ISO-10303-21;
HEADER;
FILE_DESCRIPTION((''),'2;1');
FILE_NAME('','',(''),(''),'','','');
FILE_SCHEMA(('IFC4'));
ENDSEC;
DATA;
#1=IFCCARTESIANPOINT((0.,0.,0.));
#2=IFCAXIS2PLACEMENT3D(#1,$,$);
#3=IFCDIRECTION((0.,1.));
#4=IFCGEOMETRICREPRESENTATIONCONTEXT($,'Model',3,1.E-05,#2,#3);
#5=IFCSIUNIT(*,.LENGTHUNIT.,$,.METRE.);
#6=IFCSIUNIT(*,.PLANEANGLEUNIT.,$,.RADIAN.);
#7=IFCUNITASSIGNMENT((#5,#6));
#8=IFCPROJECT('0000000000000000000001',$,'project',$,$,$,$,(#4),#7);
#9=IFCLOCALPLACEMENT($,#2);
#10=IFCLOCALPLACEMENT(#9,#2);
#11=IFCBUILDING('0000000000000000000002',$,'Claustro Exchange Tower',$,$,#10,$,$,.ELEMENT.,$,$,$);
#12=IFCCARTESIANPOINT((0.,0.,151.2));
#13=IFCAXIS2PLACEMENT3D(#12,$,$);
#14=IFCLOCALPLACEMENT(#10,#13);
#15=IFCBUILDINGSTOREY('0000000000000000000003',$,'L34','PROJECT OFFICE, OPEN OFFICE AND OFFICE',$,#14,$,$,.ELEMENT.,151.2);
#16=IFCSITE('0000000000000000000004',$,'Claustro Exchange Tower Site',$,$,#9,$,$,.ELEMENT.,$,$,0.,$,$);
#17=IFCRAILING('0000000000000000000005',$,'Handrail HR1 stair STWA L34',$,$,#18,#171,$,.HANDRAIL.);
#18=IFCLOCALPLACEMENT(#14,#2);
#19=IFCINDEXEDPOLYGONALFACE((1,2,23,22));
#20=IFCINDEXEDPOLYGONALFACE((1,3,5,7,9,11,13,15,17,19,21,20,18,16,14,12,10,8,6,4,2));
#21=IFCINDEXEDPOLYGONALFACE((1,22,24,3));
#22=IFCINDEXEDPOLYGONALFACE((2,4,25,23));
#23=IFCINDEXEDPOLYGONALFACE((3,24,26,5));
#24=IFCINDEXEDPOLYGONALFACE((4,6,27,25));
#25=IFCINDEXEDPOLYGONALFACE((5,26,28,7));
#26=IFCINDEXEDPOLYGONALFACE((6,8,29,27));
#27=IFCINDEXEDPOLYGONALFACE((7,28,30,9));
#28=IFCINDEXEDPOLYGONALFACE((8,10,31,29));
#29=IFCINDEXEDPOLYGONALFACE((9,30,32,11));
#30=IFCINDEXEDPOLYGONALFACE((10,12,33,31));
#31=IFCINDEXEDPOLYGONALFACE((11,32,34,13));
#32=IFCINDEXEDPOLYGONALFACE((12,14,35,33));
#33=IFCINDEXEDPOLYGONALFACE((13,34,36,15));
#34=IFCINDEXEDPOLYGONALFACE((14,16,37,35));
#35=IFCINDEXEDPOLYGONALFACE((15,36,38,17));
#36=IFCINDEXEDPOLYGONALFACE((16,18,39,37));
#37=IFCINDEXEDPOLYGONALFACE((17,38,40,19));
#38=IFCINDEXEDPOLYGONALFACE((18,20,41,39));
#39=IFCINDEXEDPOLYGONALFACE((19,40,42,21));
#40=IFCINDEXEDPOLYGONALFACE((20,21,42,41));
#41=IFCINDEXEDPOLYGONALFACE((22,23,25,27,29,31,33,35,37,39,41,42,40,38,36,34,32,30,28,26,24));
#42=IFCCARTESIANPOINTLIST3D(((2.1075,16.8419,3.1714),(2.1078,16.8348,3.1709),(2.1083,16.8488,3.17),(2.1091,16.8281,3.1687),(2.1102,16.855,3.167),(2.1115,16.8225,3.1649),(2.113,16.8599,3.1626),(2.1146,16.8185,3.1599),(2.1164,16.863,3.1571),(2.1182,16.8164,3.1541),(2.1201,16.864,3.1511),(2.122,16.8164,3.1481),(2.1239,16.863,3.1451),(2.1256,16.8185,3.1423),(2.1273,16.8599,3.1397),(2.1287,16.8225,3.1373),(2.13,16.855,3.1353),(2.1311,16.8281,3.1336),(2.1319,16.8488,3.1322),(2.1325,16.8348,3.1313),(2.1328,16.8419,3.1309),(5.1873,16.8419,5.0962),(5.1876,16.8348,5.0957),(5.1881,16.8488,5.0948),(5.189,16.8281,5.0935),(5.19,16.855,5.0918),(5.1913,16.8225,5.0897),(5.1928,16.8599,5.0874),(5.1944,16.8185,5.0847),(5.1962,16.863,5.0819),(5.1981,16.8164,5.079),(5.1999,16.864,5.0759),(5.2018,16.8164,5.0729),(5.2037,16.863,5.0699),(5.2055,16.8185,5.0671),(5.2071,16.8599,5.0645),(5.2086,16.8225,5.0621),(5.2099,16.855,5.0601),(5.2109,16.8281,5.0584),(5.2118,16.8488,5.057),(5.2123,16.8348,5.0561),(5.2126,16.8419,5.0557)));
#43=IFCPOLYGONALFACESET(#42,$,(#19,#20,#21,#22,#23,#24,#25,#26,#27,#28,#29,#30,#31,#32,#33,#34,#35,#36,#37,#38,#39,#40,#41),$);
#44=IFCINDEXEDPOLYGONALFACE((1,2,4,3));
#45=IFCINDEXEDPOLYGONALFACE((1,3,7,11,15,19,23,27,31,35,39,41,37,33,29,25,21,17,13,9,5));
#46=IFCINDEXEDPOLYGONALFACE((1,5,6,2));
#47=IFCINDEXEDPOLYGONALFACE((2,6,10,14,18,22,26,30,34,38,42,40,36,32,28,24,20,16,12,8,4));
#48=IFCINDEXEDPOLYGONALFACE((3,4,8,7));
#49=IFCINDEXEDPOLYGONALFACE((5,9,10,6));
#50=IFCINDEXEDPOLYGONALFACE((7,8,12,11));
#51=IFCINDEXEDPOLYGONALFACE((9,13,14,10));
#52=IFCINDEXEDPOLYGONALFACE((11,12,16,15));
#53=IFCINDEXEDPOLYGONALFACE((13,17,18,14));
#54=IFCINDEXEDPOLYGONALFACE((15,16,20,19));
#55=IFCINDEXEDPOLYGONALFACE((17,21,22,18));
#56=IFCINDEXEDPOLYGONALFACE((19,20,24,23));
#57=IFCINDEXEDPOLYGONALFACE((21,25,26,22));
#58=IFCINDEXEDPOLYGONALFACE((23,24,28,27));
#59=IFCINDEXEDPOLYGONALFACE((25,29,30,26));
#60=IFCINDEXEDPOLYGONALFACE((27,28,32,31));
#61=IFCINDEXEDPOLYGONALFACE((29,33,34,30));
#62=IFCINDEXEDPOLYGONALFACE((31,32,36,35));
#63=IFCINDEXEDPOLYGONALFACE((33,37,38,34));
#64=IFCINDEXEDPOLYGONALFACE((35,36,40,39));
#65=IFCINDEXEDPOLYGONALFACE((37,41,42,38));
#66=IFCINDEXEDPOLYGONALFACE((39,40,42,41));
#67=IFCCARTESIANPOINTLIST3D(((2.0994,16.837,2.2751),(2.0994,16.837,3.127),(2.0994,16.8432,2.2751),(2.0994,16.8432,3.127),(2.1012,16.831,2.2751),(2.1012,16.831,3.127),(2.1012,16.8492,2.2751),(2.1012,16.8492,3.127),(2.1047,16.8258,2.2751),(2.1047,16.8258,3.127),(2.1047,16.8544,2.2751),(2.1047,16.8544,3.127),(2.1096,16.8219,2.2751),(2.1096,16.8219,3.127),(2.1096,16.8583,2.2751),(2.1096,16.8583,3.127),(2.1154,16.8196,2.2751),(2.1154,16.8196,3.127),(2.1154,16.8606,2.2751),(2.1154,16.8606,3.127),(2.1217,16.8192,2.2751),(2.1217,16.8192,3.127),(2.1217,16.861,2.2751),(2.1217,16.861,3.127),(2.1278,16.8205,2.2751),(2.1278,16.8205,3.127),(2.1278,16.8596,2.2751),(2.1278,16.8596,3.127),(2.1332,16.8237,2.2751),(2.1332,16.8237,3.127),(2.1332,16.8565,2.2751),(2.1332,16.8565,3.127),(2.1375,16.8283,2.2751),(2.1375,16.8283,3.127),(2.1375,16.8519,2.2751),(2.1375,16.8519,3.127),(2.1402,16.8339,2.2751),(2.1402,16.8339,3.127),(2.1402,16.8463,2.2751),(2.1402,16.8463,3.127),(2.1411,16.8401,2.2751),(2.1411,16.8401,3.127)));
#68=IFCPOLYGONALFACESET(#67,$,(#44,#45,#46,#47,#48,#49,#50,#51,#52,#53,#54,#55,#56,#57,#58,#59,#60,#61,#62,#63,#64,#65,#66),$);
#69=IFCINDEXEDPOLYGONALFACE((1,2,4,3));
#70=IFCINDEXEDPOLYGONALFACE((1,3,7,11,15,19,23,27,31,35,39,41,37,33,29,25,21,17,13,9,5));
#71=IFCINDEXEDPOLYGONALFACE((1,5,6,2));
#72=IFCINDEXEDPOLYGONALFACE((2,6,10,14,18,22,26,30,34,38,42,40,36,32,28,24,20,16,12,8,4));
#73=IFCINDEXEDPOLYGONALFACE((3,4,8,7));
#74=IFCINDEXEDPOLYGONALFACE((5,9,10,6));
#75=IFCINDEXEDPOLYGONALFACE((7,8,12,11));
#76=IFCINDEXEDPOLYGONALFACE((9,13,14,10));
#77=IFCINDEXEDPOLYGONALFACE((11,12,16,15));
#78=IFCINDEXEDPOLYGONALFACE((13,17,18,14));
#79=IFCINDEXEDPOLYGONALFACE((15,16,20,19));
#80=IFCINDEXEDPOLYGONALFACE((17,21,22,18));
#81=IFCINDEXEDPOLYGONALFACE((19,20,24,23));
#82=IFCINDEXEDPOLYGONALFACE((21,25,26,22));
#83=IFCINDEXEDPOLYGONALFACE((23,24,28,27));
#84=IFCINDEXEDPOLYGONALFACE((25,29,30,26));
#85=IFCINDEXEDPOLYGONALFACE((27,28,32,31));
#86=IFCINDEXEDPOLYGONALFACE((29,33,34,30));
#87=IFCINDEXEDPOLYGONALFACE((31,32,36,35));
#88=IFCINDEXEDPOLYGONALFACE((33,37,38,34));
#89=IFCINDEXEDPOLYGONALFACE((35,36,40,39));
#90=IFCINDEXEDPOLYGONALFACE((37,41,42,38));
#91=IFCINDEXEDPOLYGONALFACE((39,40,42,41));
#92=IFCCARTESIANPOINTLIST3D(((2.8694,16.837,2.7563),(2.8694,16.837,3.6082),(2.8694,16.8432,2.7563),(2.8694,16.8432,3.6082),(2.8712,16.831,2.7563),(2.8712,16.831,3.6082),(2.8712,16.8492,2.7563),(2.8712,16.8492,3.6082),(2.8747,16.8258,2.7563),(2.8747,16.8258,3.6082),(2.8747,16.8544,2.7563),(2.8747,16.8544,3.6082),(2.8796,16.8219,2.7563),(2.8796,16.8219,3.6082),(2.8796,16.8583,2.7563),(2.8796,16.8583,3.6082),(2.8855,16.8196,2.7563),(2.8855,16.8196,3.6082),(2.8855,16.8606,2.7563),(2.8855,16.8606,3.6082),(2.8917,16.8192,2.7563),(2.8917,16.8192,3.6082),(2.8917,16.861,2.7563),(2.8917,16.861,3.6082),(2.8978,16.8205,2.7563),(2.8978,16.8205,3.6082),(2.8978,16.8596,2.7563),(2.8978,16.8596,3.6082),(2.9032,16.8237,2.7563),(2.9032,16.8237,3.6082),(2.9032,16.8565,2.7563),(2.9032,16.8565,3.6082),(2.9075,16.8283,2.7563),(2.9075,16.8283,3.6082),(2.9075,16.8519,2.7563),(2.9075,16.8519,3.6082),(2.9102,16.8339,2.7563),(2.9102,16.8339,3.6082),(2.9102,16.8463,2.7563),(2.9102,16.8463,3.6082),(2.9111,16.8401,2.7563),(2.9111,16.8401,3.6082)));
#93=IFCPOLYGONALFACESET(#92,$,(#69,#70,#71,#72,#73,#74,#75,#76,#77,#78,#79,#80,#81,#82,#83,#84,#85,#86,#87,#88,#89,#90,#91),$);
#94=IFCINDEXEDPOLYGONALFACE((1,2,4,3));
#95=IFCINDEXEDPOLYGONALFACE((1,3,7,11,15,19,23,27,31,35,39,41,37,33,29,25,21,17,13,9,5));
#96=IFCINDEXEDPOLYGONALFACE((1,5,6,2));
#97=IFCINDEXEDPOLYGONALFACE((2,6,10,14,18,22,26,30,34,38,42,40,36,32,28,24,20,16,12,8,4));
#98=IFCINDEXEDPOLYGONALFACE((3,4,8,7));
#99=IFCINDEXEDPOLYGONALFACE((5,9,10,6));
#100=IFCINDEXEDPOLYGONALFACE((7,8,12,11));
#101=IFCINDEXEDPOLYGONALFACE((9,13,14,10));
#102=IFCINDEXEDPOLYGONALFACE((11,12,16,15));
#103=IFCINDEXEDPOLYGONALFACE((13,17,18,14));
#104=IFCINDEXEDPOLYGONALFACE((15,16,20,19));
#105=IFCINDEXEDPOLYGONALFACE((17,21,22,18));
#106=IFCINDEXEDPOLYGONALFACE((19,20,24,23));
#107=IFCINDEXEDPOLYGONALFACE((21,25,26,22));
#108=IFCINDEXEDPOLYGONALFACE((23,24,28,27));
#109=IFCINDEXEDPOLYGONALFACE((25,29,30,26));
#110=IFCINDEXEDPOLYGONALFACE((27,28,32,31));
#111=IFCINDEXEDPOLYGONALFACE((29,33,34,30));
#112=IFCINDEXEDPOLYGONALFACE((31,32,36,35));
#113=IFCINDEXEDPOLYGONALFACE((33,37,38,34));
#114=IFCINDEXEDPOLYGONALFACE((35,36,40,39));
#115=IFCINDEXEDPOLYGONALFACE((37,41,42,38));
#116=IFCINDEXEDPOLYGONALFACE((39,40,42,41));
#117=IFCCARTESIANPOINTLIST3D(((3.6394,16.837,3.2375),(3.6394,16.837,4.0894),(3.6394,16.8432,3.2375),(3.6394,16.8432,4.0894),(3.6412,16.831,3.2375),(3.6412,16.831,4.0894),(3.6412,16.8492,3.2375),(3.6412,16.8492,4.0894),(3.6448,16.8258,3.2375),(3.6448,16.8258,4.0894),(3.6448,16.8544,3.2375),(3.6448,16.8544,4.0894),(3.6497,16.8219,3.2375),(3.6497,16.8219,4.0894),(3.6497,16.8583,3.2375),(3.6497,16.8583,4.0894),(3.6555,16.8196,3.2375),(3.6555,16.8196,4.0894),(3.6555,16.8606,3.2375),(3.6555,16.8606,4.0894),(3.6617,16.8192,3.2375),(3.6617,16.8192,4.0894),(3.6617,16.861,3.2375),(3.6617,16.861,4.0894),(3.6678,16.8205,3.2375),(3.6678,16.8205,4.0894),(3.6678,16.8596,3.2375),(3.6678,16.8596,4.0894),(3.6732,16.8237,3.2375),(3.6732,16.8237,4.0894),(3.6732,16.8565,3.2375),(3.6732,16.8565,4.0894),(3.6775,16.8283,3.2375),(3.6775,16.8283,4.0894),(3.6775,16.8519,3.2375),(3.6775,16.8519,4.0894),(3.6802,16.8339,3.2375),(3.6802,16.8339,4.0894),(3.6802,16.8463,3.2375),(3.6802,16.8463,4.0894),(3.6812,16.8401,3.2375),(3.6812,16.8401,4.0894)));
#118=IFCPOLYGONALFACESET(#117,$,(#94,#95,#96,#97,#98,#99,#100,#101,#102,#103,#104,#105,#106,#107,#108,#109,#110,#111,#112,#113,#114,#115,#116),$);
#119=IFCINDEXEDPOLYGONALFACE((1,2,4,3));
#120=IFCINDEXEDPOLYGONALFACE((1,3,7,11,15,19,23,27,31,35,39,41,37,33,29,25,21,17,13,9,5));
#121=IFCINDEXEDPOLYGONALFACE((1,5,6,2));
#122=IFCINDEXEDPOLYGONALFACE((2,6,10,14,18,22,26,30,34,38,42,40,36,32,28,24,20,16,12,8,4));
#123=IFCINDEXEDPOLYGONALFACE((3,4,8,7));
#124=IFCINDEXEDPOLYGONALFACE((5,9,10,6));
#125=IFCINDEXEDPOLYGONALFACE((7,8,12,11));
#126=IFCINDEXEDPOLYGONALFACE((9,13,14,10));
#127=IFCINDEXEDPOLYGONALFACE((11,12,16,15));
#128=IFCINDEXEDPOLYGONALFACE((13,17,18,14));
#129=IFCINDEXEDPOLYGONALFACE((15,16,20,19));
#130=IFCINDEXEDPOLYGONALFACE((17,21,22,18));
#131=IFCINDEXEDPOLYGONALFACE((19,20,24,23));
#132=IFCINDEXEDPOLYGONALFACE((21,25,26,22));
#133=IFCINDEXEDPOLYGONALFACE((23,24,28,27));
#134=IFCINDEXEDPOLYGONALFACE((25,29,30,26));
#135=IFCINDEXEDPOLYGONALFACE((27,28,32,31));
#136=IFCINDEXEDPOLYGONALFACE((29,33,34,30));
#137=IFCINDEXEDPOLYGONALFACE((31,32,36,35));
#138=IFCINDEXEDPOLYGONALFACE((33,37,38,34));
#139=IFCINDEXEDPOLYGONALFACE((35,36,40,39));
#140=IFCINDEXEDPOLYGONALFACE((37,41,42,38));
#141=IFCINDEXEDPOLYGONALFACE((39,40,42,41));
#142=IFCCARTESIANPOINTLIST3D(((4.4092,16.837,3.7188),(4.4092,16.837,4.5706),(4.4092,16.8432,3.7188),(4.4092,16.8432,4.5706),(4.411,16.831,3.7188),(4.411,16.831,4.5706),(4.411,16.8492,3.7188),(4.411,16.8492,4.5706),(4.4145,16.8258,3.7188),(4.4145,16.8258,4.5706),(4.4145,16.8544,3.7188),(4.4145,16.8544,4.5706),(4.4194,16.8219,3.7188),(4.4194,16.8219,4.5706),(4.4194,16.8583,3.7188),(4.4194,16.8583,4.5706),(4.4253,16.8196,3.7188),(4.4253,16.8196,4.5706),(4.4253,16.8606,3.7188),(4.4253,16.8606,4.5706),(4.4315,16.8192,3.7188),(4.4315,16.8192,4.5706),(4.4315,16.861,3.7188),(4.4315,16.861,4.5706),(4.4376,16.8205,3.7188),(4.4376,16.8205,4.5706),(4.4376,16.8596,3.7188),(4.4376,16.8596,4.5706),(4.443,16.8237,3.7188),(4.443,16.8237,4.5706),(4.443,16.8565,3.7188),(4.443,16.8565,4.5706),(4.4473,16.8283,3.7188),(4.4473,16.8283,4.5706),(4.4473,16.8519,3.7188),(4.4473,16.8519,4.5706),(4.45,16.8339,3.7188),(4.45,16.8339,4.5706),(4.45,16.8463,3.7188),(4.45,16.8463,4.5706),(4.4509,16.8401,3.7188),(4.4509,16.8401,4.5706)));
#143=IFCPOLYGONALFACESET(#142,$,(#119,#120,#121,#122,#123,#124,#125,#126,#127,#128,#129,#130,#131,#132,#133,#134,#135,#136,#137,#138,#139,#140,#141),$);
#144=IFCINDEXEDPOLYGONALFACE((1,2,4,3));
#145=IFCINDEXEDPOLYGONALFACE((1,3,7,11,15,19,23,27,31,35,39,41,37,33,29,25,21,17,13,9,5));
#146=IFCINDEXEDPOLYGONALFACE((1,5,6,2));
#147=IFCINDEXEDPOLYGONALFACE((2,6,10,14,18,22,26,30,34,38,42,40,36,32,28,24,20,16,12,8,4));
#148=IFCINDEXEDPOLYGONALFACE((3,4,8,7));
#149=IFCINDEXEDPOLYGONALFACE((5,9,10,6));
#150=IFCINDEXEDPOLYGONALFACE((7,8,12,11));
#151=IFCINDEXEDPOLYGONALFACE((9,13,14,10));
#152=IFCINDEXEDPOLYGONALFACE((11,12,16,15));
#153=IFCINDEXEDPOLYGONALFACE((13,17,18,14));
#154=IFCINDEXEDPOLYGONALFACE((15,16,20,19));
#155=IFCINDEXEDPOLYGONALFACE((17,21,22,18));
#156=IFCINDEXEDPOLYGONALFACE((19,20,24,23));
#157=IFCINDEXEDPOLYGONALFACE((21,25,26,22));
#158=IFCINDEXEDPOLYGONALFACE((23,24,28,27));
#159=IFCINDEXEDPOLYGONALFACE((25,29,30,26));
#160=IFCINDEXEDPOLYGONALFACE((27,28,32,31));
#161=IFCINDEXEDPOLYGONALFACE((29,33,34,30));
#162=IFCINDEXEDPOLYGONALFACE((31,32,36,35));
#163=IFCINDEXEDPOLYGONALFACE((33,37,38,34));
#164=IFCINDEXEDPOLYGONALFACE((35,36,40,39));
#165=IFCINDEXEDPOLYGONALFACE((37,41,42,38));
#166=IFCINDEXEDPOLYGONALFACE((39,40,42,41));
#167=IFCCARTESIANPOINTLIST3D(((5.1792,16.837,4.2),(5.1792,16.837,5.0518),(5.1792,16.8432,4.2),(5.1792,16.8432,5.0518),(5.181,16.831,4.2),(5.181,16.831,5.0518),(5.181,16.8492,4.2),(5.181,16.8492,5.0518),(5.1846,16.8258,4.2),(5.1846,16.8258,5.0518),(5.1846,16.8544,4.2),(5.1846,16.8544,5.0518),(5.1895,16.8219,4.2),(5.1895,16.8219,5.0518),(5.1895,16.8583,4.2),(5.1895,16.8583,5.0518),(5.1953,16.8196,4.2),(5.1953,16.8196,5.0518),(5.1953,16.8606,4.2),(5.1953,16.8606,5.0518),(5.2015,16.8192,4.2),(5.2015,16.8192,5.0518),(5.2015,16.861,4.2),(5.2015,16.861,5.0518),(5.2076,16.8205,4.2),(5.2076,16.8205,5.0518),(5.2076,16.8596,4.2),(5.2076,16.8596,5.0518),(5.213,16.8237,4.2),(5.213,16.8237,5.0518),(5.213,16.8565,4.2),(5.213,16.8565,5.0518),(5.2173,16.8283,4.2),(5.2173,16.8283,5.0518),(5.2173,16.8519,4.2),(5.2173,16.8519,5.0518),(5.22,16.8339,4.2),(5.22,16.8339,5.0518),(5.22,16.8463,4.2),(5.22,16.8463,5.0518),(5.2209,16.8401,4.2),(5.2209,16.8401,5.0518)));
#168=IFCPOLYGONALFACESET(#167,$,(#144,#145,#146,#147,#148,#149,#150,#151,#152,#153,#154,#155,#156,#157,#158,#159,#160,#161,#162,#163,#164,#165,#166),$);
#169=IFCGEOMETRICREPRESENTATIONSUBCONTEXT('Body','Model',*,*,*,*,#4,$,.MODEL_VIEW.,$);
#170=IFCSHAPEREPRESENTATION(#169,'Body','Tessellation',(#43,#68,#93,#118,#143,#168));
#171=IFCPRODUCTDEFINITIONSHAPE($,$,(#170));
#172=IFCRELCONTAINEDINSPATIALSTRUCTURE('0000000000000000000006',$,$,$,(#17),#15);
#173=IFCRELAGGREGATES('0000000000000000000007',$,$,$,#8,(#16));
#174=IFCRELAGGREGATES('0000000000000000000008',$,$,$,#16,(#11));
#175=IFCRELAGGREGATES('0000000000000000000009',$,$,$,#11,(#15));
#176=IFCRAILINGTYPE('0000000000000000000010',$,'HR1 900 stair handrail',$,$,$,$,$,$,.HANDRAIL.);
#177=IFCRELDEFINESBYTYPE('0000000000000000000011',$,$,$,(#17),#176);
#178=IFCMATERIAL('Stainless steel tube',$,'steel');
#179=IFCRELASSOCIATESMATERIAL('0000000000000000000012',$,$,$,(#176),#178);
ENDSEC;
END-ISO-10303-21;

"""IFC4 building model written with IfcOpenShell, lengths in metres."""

from ifc_helpers import new_model, si_unit, direction, frame, origin, origin_2d, place, context, subcontext, project, spatial, circle, extrude, material, type_object, element, save


model = new_model("IFC4")

# Units and contexts
model_context = context("Model", 3, precision=1e-05, world=origin(), true_north=direction((0.0, 1.0)))
body_context = subcontext(model_context, "Body", "Model", "MODEL_VIEW")
ifc_project = project(units=[si_unit("LENGTHUNIT", "METRE"), si_unit("PLANEANGLEUNIT", "RADIAN")], contexts=[model_context])

# Site, building, storey
site_placement = place(None, origin())
site = spatial("IfcSite", under=ifc_project, at=site_placement, Name="Claustro Exchange Tower Site", CompositionType="ELEMENT", RefElevation=0.0)
building_placement = place(site_placement, origin())
building = spatial("IfcBuilding", under=site, at=building_placement, Name="Claustro Exchange Tower", CompositionType="ELEMENT")
storey_placement = place(building_placement, frame((0.0, 0.0, 151.2)))
storey = spatial("IfcBuildingStorey", under=building, at=storey_placement, Name="L34", Description="PROJECT OFFICE, OPEN OFFICE AND OFFICE", CompositionType="ELEMENT", Elevation=151.2)

# Railing
ifc_material_1 = material(Name="Stainless steel tube", Category="steel")
railing_type = type_object("IfcRailingType", Name="HR1 900 stair handrail", PredefinedType="HANDRAIL", material=ifc_material_1)
railing_placement = place(storey_placement, frame((2.1201, 16.8401, 2.2751)))
element("IfcRailing", 1, at=railing_placement, inside=storey, type_object=railing_type, Name="Handrail HR1 stair STWA L34", PredefinedType="HANDRAIL", context=body_context, shape_type="SweptSolid", body=[
    extrude(circle(Radius=0.0239, at=origin_2d()), frame((0.0, 0.0, 0.876), z_axis=(0.84801, 0.0, 0.529981), x_axis=(0.0, 1.0, 0.0)), (0.0, 0.0, 1.0), 3.6318),
    extrude(circle(Radius=0.021, at=origin_2d()), origin(), (0.0, 0.0, 1.0), 0.8518),
    extrude(circle(Radius=0.021, at=origin_2d()), frame((0.77, 0.0, 0.4812)), (0.0, 0.0, 1.0), 0.8518),
    extrude(circle(Radius=0.021, at=origin_2d()), frame((1.54, 0.0, 0.9624)), (0.0, 0.0, 1.0), 0.8518),
    extrude(circle(Radius=0.021, at=origin_2d()), frame((2.3098, 0.0, 1.4436)), (0.0, 0.0, 1.0), 0.8518),
    extrude(circle(Radius=0.021, at=origin_2d()), frame((3.0798, 0.0, 1.9248)), (0.0, 0.0, 1.0), 0.8518),
])

save(model, "model.ifc")
